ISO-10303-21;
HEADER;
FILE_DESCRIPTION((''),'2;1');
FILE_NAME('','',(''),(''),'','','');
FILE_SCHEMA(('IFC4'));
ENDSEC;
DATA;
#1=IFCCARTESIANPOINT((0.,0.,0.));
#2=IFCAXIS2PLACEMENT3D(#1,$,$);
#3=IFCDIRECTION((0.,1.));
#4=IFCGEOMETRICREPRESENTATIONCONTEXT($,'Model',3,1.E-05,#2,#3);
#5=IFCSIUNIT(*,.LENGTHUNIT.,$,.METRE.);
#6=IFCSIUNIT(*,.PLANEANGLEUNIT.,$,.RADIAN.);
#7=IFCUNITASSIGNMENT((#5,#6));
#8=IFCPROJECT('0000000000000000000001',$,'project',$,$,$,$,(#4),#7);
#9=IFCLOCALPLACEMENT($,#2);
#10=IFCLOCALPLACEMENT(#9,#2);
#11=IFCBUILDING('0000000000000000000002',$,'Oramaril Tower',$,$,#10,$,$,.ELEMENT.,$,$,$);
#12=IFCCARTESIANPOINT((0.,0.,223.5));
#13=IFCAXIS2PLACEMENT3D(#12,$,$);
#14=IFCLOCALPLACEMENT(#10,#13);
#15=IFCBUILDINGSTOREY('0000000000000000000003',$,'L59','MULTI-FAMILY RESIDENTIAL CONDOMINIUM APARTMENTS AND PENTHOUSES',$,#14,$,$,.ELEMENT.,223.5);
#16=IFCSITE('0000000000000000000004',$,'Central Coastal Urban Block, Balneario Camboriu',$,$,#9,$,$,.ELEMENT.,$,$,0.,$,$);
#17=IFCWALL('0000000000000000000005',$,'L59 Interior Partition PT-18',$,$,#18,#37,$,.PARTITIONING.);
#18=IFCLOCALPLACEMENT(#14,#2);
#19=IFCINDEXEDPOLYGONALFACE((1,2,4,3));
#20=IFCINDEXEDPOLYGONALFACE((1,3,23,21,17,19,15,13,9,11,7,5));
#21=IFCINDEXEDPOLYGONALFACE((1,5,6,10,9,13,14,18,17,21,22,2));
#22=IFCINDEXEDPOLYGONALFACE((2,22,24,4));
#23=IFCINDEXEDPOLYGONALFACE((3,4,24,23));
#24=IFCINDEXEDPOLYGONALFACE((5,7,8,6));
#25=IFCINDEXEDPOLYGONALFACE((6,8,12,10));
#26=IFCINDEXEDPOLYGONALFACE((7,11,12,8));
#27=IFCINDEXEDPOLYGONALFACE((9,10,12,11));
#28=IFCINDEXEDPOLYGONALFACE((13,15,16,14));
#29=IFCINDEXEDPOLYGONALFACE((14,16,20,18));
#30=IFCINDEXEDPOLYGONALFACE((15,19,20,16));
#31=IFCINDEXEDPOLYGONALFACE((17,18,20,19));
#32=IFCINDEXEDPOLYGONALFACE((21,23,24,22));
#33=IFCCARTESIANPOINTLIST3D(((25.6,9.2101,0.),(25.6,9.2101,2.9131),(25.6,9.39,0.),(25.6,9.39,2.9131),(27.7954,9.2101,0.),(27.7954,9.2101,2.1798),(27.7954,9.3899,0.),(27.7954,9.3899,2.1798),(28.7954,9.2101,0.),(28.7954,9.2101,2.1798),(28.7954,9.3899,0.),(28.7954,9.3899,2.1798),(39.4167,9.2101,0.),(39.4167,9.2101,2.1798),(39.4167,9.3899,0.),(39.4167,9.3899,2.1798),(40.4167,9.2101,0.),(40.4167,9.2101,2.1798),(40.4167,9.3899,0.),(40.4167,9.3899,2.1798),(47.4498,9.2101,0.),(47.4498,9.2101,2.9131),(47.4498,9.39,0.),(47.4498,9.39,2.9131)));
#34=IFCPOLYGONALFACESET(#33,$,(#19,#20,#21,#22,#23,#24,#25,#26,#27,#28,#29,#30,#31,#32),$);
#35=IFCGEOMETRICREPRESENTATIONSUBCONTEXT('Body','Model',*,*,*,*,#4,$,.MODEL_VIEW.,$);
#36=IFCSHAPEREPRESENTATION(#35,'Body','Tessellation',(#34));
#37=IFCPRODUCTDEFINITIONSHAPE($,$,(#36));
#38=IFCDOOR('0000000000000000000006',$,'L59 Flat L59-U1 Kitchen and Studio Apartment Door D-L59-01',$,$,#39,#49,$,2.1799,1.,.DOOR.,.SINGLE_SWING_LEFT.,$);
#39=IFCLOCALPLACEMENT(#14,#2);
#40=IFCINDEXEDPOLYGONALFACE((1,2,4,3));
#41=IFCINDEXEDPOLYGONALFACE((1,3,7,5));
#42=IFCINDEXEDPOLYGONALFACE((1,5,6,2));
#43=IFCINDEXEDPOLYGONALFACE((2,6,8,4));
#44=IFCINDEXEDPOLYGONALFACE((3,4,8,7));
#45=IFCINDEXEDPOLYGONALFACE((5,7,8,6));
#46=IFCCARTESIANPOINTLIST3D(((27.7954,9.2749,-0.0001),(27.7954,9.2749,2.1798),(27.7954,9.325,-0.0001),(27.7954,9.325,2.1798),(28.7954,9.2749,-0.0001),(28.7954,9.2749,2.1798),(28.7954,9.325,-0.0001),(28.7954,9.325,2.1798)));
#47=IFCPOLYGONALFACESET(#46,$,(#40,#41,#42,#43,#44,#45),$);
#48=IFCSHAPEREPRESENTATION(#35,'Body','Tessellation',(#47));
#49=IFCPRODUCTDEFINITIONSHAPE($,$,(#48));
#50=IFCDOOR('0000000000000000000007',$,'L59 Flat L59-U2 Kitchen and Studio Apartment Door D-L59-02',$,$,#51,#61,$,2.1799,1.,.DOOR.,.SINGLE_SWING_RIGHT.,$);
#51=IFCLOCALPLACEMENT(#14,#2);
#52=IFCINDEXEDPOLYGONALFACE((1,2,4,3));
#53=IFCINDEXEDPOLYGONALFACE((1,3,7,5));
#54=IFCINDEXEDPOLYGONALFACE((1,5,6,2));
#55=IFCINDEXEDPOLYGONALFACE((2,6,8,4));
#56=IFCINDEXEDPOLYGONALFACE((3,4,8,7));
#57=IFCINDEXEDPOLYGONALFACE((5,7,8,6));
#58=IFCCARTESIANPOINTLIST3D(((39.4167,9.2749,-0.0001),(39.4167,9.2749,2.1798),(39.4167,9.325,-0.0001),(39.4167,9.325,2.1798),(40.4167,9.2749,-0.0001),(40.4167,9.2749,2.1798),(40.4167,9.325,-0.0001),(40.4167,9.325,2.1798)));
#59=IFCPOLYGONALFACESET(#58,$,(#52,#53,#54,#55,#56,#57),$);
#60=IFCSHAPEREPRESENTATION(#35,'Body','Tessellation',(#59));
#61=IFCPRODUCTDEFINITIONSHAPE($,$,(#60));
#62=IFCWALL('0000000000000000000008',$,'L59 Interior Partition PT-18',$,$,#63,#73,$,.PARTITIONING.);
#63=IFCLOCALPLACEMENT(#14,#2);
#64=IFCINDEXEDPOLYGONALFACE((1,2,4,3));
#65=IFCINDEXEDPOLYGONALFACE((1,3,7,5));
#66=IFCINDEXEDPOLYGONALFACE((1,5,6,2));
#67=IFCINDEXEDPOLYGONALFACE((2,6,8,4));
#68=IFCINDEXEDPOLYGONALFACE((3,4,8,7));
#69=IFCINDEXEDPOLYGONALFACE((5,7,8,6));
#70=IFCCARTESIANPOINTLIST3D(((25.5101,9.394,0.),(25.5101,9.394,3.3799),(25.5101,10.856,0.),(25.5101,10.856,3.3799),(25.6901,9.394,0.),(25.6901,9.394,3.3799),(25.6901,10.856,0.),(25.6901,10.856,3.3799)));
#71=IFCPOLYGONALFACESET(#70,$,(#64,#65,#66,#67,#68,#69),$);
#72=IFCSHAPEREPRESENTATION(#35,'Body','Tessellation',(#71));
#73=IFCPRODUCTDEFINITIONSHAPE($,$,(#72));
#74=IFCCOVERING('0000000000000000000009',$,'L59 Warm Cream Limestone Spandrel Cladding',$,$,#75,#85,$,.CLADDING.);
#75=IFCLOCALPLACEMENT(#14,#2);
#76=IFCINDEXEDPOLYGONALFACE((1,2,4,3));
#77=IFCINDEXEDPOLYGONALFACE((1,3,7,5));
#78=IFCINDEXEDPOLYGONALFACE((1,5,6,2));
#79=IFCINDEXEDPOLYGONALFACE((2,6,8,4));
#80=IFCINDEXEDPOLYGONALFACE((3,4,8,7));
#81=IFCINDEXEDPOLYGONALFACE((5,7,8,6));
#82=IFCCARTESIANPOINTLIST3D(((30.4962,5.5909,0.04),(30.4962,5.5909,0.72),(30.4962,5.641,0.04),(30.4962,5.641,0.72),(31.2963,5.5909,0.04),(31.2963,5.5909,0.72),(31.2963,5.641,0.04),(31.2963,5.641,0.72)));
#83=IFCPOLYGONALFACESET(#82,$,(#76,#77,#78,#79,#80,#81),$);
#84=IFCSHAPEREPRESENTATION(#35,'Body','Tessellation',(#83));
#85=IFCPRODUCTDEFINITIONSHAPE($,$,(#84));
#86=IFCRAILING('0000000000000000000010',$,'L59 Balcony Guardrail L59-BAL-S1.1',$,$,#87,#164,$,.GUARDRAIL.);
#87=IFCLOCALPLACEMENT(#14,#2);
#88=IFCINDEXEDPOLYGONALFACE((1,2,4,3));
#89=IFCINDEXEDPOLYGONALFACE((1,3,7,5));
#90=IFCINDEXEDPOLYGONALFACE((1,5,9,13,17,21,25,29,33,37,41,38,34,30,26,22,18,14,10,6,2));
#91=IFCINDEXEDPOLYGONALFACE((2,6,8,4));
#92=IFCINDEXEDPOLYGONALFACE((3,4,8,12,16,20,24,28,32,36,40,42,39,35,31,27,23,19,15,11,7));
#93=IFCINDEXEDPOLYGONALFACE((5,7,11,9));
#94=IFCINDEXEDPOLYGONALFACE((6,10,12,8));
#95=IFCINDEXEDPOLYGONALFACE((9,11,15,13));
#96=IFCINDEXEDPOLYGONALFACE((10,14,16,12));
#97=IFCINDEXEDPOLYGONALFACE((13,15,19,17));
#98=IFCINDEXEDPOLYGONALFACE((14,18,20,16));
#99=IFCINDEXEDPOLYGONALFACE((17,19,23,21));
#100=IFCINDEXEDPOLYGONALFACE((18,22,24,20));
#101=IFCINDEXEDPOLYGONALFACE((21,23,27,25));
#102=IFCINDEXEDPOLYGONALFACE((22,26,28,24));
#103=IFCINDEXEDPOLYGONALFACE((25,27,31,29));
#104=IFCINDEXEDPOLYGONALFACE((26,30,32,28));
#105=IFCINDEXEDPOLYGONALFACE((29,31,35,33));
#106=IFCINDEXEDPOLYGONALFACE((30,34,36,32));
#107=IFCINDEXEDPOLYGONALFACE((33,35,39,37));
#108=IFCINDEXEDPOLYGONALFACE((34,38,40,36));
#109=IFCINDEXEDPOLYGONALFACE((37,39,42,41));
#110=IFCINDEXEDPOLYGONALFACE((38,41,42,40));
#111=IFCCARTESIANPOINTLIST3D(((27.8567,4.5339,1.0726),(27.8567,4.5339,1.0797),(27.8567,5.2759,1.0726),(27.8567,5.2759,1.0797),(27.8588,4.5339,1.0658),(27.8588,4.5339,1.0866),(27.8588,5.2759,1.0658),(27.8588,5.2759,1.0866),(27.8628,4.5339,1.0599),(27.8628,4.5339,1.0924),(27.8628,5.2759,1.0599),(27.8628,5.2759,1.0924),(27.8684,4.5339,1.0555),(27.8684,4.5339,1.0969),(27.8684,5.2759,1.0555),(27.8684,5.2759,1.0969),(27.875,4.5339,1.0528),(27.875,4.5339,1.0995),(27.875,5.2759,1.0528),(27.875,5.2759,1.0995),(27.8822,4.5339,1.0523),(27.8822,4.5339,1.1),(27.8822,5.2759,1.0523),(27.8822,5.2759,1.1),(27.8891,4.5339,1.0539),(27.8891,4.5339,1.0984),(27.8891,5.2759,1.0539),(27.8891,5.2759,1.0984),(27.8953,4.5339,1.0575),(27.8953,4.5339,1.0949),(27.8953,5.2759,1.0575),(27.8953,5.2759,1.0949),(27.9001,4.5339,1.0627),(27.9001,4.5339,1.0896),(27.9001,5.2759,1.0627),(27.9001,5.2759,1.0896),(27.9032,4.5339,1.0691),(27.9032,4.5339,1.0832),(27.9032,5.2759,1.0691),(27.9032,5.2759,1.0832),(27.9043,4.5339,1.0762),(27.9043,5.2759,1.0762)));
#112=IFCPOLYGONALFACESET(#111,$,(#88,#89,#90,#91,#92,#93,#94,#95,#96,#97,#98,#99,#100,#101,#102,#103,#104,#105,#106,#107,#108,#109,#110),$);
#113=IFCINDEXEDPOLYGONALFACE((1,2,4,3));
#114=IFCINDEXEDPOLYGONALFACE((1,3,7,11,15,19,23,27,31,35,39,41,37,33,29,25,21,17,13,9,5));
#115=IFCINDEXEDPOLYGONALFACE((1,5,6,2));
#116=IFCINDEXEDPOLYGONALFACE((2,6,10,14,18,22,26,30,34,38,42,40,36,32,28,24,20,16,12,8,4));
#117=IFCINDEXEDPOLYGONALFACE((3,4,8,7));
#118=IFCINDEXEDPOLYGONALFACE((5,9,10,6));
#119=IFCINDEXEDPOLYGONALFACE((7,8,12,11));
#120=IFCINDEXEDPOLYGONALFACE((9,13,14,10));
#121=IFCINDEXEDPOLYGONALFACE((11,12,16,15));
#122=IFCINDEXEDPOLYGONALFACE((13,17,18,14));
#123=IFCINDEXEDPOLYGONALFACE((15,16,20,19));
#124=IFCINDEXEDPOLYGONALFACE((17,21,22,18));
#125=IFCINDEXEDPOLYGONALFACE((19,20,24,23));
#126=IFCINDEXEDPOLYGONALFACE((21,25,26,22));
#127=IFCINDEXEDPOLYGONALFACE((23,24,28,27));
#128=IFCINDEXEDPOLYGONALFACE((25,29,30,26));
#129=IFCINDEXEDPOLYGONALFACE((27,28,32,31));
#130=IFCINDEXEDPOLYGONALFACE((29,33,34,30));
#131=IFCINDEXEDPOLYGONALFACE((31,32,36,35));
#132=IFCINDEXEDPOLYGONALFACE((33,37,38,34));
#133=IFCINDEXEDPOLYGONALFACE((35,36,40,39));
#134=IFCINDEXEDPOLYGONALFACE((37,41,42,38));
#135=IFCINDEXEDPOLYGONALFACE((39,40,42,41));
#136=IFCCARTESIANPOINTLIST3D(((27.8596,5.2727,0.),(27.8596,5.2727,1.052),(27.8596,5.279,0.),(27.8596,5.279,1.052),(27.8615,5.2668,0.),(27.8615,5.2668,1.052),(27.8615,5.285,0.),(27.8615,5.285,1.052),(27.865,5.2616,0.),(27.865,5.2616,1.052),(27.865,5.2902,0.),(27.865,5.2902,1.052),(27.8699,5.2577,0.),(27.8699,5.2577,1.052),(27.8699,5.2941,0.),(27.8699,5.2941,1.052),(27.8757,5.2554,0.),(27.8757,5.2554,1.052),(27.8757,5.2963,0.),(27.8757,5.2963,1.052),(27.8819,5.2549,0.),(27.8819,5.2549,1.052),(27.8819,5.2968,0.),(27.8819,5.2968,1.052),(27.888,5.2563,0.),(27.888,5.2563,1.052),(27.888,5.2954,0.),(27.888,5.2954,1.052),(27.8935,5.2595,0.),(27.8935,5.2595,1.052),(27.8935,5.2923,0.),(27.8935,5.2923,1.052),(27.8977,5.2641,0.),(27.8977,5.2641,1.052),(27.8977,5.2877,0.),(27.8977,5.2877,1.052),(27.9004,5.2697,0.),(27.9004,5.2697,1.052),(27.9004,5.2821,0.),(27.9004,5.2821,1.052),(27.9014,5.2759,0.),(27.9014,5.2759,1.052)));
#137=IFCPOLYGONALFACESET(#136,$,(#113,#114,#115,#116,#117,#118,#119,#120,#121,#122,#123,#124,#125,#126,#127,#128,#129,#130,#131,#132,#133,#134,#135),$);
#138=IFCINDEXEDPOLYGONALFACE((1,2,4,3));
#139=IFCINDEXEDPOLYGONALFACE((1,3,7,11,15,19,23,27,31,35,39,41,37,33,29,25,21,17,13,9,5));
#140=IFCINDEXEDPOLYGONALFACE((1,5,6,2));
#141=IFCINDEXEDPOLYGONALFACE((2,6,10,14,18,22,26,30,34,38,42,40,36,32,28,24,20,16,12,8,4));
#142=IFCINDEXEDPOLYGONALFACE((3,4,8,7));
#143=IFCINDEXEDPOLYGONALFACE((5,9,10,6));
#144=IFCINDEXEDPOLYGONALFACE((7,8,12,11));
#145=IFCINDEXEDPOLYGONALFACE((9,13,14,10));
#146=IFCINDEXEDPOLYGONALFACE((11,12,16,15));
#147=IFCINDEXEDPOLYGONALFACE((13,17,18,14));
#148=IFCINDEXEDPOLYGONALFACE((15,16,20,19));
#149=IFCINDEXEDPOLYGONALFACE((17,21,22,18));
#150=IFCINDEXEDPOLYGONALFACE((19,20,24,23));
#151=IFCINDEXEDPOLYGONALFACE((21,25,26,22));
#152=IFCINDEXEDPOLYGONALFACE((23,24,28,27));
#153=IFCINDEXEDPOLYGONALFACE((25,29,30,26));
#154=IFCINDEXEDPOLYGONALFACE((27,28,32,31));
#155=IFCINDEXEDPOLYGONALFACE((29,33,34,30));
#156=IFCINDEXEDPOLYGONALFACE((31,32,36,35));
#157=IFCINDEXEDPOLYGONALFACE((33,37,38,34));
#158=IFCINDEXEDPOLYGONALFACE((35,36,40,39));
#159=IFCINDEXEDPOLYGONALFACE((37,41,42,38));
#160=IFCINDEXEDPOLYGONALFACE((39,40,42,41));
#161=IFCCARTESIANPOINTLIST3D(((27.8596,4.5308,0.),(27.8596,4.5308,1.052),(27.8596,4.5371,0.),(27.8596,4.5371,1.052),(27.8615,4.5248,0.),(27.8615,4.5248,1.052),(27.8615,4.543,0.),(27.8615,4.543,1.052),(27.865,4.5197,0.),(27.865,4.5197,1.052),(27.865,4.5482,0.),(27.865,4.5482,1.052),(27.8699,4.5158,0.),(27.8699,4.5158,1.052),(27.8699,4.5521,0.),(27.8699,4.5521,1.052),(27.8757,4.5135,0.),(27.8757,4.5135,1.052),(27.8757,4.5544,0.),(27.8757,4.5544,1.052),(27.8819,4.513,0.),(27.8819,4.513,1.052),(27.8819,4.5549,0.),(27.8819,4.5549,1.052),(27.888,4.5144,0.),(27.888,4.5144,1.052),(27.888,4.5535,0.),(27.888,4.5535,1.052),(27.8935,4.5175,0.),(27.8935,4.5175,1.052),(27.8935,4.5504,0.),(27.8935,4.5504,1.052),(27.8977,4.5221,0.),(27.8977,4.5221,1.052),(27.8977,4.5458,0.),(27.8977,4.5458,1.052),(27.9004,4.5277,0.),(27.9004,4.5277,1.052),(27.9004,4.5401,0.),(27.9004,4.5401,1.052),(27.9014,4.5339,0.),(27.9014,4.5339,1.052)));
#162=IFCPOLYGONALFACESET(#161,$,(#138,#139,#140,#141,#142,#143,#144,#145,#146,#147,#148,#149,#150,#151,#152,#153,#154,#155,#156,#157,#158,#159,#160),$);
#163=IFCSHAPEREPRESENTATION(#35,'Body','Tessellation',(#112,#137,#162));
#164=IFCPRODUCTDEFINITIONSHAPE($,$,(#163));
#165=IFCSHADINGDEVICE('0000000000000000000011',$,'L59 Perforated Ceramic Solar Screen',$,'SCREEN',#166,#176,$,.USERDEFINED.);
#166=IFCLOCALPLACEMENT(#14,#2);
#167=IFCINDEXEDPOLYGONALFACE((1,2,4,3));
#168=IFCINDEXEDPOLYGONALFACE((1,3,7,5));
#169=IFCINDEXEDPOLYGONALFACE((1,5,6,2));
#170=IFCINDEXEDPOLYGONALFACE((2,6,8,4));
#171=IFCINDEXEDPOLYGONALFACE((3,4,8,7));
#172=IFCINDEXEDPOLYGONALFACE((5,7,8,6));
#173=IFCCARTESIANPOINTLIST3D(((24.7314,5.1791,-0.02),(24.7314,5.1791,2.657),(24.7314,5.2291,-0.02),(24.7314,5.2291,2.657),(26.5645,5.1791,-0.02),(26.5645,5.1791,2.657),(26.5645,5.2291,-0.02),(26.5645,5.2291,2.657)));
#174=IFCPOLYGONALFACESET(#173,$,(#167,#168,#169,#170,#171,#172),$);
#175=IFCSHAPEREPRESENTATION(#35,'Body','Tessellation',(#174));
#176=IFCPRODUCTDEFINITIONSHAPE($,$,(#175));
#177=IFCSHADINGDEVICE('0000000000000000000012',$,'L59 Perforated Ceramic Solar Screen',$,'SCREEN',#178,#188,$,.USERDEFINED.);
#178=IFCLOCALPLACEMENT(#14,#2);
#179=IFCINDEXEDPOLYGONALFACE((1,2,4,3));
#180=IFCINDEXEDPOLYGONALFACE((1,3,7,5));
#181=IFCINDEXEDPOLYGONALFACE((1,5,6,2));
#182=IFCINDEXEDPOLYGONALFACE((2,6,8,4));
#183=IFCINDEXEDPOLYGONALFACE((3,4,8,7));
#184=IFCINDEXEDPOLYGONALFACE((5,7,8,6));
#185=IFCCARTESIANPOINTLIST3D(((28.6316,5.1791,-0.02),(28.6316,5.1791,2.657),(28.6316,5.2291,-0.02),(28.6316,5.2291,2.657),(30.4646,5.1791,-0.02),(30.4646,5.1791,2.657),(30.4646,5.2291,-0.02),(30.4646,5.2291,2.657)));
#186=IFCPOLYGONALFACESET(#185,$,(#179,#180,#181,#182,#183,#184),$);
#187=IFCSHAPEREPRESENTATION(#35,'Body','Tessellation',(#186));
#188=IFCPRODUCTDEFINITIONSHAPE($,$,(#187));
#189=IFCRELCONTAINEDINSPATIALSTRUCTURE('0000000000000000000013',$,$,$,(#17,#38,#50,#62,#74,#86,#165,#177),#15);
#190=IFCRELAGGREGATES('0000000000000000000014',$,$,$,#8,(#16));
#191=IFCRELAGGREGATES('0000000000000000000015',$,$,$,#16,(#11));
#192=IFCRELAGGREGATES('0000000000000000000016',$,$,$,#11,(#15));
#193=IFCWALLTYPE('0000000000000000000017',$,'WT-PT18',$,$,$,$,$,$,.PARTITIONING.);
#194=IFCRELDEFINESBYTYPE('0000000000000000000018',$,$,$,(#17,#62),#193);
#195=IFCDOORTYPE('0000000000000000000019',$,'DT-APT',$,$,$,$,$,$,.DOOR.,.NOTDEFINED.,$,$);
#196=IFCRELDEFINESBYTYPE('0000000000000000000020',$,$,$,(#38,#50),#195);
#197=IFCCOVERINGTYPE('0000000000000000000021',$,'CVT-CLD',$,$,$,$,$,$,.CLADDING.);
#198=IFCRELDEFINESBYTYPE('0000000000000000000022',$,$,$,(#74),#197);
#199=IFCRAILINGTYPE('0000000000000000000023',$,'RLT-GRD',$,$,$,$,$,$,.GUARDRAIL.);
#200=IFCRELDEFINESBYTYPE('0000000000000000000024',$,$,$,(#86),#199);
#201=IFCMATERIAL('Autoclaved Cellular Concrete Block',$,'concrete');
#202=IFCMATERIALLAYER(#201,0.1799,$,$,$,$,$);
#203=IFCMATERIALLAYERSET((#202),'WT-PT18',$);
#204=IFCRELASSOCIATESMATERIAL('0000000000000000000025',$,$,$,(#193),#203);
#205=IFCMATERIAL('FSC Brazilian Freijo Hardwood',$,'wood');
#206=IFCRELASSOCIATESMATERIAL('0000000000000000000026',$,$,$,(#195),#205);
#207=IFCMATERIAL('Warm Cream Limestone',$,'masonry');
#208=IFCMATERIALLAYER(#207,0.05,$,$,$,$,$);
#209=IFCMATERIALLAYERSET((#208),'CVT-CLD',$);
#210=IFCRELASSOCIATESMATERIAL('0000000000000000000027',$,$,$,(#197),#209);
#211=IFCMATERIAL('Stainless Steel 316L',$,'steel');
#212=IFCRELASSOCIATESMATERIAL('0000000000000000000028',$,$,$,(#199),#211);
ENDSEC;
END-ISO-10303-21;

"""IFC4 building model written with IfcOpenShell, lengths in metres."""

from ifc_helpers import new_model, si_unit, direction, frame, frame_2d, origin, origin_2d, place, context, subcontext, project, spatial, rectangle, circle, extrude, material, layer, layer_set, type_object, element, fill, save


model = new_model("IFC4")

# Units and contexts
model_context = context("Model", 3, precision=1e-05, world=origin(), true_north=direction((0.0, 1.0)))
body_context = subcontext(model_context, "Body", "Model", "MODEL_VIEW")
ifc_project = project(units=[si_unit("LENGTHUNIT", "METRE"), si_unit("PLANEANGLEUNIT", "RADIAN")], contexts=[model_context])

# Site, building, storey
site_placement = place(None, origin())
site = spatial("IfcSite", under=ifc_project, at=site_placement, Name="Central Coastal Urban Block, Balneario Camboriu", CompositionType="ELEMENT", RefElevation=0.0)
building_placement = place(site_placement, origin())
building = spatial("IfcBuilding", under=site, at=building_placement, Name="Oramaril Tower", CompositionType="ELEMENT")
storey_placement = place(building_placement, frame((0.0, 0.0, 223.5)))
storey = spatial("IfcBuildingStorey", under=building, at=storey_placement, Name="L59", Description="MULTI-FAMILY RESIDENTIAL CONDOMINIUM APARTMENTS AND PENTHOUSES", CompositionType="ELEMENT", Elevation=223.5)

# Wall, openings, doors
ifc_material_1 = material(Name="Autoclaved Cellular Concrete Block", Category="concrete")
ifc_layer_1 = layer(ifc_material_1, 0.1799)
ifc_layer_set_1 = layer_set([ifc_layer_1], Name="WT-PT18")
wall_type_1 = type_object("IfcWallType", Name="WT-PT18", PredefinedType="PARTITIONING", material=ifc_layer_set_1)
wall_1_placement = place(storey_placement, frame((25.6001, 9.3, 0.0), z_axis=(0.0, 0.0, 1.0), x_axis=(1.0, 0.0, 0.0)))
wall_1 = element("IfcWall", 1, at=wall_1_placement, inside=storey, type_object=wall_type_1, Name="L59 Interior Partition PT-18", PredefinedType="PARTITIONING", context=body_context, shape_type="SweptSolid", body=[
    extrude(rectangle(XDim=21.8499, YDim=0.1799, at=frame_2d((10.9248, 0.0))), origin(), (0.0, 0.0, 1.0), 2.9131),
])
opening_1_placement = place(wall_1_placement, frame((2.1953, 0.0, 0.0)))
opening_1 = element("IfcOpeningElement", 2, at=opening_1_placement, cuts=wall_1, PredefinedType="OPENING", context=body_context, shape_type="SweptSolid", body=[
    extrude(rectangle(XDim=1.0, YDim=2.1799, at=frame_2d((0.5, 1.0898))), frame((0.0, 0.0898, 0.0), z_axis=(0.0, -1.0, 0.0), x_axis=(1.0, 0.0, 0.0)), (0.0, 0.0, 1.0), 0.1799),
])
opening_2_placement = place(wall_1_placement, frame((13.8167, 0.0, 0.0)))
opening_2 = element("IfcOpeningElement", 3, at=opening_2_placement, cuts=wall_1, PredefinedType="OPENING", context=body_context, shape_type="SweptSolid", body=[
    extrude(rectangle(XDim=1.0, YDim=2.1799, at=frame_2d((0.5, 1.0898))), frame((0.0, 0.0898, 0.0), z_axis=(0.0, -1.0, 0.0), x_axis=(1.0, 0.0, 0.0)), (0.0, 0.0, 1.0), 0.1799),
])
ifc_material_2 = material(Name="FSC Brazilian Freijo Hardwood", Category="wood")
door_type_1 = type_object("IfcDoorType", Name="DT-APT", OperationType="NOTDEFINED", PredefinedType="DOOR", material=ifc_material_2)
door_1_placement = place(opening_1_placement, origin())
door_1 = element("IfcDoor", 4, at=door_1_placement, inside=storey, type_object=door_type_1, Name="L59 Flat L59-U1 Kitchen and Studio Apartment Door D-L59-01", OperationType="SINGLE_SWING_LEFT", OverallHeight=2.1799, OverallWidth=1.0, PredefinedType="DOOR", context=body_context, shape_type="SweptSolid", body=[
    extrude(rectangle(XDim=1.0, YDim=2.1799, at=frame_2d((0.5, 1.0898))), frame((0.0, 0.0249, 0.0), z_axis=(0.0, -1.0, 0.0), x_axis=(1.0, 0.0, 0.0)), (0.0, 0.0, 1.0), 0.05),
])
fill(opening_1, door_1)
door_2_placement = place(opening_2_placement, origin())
door_2 = element("IfcDoor", 5, at=door_2_placement, inside=storey, type_object=door_type_1, Name="L59 Flat L59-U2 Kitchen and Studio Apartment Door D-L59-02", OperationType="SINGLE_SWING_RIGHT", OverallHeight=2.1799, OverallWidth=1.0, PredefinedType="DOOR", context=body_context, shape_type="SweptSolid", body=[
    extrude(rectangle(XDim=1.0, YDim=2.1799, at=frame_2d((0.5, 1.0898))), frame((0.0, 0.0249, 0.0), z_axis=(0.0, -1.0, 0.0), x_axis=(1.0, 0.0, 0.0)), (0.0, 0.0, 1.0), 0.05),
])
fill(opening_2, door_2)

# Wall
wall_2_placement = place(storey_placement, frame((25.6001, 9.394, 0.0), z_axis=(0.0, 0.0, 1.0), x_axis=(0.0, 1.0, 0.0)))
element("IfcWall", 6, at=wall_2_placement, inside=storey, type_object=wall_type_1, Name="L59 Interior Partition PT-18", PredefinedType="PARTITIONING", context=body_context, shape_type="SweptSolid", body=[
    extrude(rectangle(XDim=1.4619, YDim=0.1799, at=frame_2d((0.731, 0.0))), origin(), (0.0, 0.0, 1.0), 3.3799),
])

# Covering
ifc_material_3 = material(Name="Warm Cream Limestone", Category="masonry")
ifc_layer_2 = layer(ifc_material_3, 0.05)
ifc_layer_set_2 = layer_set([ifc_layer_2], Name="CVT-CLD")
covering_type = type_object("IfcCoveringType", Name="CVT-CLD", PredefinedType="CLADDING", material=ifc_layer_set_2)
covering_placement = place(storey_placement, frame((30.8962, 5.616, 0.04), z_axis=(0.0, 0.0, 1.0), x_axis=(1.0, 0.0, 0.0)))
element("IfcCovering", 7, at=covering_placement, inside=storey, type_object=covering_type, Name="L59 Warm Cream Limestone Spandrel Cladding", PredefinedType="CLADDING", context=body_context, shape_type="SweptSolid", body=[
    extrude(rectangle(XDim=0.8, YDim=0.05, at=origin_2d()), origin(), (0.0, 0.0, 1.0), 0.6799),
])

# Railing
ifc_material_4 = material(Name="Stainless Steel 316L", Category="steel")
railing_type = type_object("IfcRailingType", Name="RLT-GRD", PredefinedType="GUARDRAIL", material=ifc_material_4)
railing_1_placement = place(storey_placement, frame((27.8804, 5.2759, 0.0)))
element("IfcRailing", 8, at=railing_1_placement, inside=storey, type_object=railing_type, Name="L59 Balcony Guardrail L59-BAL-S1.1", PredefinedType="GUARDRAIL", context=body_context, shape_type="SweptSolid", body=[
    extrude(circle(Radius=0.0239, at=origin_2d()), frame((0.0, 0.0, 1.0762), z_axis=(0.0, -1.0, 0.0), x_axis=(1.0, 0.0, 0.0)), (0.0, 0.0, 1.0), 0.7419),
    extrude(circle(Radius=0.021, at=origin_2d()), origin(), (0.0, 0.0, 1.0), 1.052),
    extrude(circle(Radius=0.021, at=origin_2d()), frame((0.0, -0.7419, 0.0)), (0.0, 0.0, 1.0), 1.052),
])

# Shading devices
for number, where, z_axis, x_axis, name in (
    (9, (25.6479, 5.2041, -0.02), (0.0, 0.0, 1.0), (1.0, 0.0, 0.0), "L59 Perforated Ceramic Solar Screen"),
    (10, (29.5481, 5.2041, -0.02), (0.0, 0.0, 1.0), (1.0, 0.0, 0.0), "L59 Perforated Ceramic Solar Screen"),
):
    element("IfcShadingDevice", number, at=place(storey_placement, frame(where, z_axis=z_axis, x_axis=x_axis)), inside=storey, Name=name, ObjectType="SCREEN", PredefinedType="USERDEFINED", context=body_context, shape_type="SweptSolid", body=[
        extrude(rectangle(XDim=1.833, YDim=0.05, at=origin_2d()), origin(), (0.0, 0.0, 1.0), 2.677),
    ])

save(model, "model.ifc")
